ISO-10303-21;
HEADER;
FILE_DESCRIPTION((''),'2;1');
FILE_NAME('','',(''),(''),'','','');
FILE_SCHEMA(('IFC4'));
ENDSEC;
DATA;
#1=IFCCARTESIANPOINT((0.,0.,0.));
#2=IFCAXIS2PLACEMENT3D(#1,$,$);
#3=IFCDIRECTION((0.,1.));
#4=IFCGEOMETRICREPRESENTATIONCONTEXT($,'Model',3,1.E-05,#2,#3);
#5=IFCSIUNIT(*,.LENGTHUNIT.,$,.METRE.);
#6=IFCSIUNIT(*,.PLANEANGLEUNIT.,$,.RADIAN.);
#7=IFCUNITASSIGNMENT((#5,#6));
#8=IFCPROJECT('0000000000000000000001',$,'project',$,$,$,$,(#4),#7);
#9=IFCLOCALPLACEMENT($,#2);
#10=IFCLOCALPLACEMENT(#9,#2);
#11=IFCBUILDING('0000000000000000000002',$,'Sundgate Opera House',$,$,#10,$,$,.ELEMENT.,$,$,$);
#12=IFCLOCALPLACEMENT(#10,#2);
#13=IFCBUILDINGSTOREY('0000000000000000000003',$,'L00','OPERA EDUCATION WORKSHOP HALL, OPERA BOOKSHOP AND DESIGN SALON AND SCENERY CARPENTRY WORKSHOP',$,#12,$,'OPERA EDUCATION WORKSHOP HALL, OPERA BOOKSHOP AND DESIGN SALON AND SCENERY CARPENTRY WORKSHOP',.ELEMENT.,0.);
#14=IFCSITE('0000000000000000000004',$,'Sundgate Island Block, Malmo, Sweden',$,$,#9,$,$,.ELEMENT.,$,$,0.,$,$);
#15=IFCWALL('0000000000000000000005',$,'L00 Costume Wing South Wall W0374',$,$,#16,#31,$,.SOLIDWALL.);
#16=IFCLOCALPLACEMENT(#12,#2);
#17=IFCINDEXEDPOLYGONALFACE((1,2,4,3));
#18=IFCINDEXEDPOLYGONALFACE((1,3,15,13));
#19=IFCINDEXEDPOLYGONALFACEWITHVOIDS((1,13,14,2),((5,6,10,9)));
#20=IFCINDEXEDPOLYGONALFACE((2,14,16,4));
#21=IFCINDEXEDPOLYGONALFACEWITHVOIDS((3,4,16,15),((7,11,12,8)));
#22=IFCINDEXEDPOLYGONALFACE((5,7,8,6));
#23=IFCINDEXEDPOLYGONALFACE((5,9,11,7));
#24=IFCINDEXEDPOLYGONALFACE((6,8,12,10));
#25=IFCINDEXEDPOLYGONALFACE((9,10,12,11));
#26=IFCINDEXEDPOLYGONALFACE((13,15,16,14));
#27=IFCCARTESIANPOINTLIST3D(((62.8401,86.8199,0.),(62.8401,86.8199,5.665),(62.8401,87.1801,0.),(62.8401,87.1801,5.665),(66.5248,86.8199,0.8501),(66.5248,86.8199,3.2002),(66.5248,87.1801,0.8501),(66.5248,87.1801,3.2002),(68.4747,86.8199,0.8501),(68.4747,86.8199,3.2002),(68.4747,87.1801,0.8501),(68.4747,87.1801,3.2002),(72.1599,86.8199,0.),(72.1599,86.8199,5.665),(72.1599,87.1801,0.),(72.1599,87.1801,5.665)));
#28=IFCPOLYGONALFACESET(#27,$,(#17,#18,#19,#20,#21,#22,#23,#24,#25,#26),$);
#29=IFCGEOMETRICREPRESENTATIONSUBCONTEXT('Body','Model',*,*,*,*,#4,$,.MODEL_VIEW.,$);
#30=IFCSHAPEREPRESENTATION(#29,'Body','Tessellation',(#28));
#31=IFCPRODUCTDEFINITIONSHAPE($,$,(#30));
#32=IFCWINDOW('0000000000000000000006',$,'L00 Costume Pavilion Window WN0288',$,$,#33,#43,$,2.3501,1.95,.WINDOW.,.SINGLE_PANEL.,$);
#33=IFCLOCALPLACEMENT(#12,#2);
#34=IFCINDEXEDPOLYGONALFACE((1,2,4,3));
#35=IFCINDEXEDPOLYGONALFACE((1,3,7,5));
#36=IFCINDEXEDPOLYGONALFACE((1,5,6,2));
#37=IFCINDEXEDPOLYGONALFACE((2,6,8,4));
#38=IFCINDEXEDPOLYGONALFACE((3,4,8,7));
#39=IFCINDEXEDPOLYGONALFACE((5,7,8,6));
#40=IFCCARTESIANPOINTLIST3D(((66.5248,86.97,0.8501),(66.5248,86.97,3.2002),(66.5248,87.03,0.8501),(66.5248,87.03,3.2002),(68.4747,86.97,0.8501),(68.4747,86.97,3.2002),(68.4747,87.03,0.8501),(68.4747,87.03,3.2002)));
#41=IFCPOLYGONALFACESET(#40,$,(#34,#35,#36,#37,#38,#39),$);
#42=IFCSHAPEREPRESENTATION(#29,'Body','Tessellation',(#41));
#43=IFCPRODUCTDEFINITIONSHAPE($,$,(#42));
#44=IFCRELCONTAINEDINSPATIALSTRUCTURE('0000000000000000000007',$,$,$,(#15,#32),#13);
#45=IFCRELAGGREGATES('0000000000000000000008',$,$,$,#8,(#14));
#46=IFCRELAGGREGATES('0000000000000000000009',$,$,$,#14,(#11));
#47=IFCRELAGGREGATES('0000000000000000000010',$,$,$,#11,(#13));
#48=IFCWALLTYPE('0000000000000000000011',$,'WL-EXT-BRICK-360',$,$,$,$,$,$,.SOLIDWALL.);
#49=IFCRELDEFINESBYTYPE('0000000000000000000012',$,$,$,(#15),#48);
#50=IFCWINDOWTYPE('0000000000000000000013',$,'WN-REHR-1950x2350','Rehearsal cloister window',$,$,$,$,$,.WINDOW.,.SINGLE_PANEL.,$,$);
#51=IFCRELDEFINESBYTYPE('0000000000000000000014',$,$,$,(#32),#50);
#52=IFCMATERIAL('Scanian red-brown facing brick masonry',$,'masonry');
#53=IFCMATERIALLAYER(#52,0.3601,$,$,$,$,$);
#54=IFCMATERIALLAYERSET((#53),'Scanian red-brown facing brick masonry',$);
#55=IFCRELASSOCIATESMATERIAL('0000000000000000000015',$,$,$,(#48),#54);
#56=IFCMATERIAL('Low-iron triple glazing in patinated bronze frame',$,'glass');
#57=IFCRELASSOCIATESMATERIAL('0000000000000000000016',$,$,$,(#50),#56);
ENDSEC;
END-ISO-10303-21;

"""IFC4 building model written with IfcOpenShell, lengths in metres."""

from ifc_helpers import new_model, si_unit, direction, frame, frame_2d, origin, place, context, subcontext, project, spatial, rectangle, extrude, material, layer, layer_set, type_object, element, fill, save


model = new_model("IFC4")

# Units and contexts
model_context = context("Model", 3, precision=1e-05, world=origin(), true_north=direction((0.0, 1.0)))
body_context = subcontext(model_context, "Body", "Model", "MODEL_VIEW")
ifc_project = project(units=[si_unit("LENGTHUNIT", "METRE"), si_unit("PLANEANGLEUNIT", "RADIAN")], contexts=[model_context])

# Site, building, storey
site_placement = place(None, origin())
site = spatial("IfcSite", under=ifc_project, at=site_placement, Name="Sundgate Island Block, Malmo, Sweden", CompositionType="ELEMENT", RefElevation=0.0)
building_placement = place(site_placement, origin())
building = spatial("IfcBuilding", under=site, at=building_placement, Name="Sundgate Opera House", CompositionType="ELEMENT")
storey_placement = place(building_placement, origin())
storey = spatial("IfcBuildingStorey", under=building, at=storey_placement, Name="L00", Description="OPERA EDUCATION WORKSHOP HALL, OPERA BOOKSHOP AND DESIGN SALON AND SCENERY CARPENTRY WORKSHOP", LongName="OPERA EDUCATION WORKSHOP HALL, OPERA BOOKSHOP AND DESIGN SALON AND SCENERY CARPENTRY WORKSHOP", CompositionType="ELEMENT", Elevation=0.0)

# Wall, opening, window
ifc_material_1 = material(Name="Scanian red-brown facing brick masonry", Category="masonry")
ifc_layer_1 = layer(ifc_material_1, 0.3601)
ifc_layer_set_1 = layer_set([ifc_layer_1], Name="Scanian red-brown facing brick masonry")
wall_type = type_object("IfcWallType", Name="WL-EXT-BRICK-360", PredefinedType="SOLIDWALL", material=ifc_layer_set_1)
wall_1_placement = place(storey_placement, frame((72.1599, 87.0, 0.0), z_axis=(0.0, 0.0, 1.0), x_axis=(-1.0, 0.0, 0.0)))
wall_1 = element("IfcWall", 1, at=wall_1_placement, inside=storey, type_object=wall_type, Name="L00 Costume Wing South Wall W0374", PredefinedType="SOLIDWALL", context=body_context, shape_type="SweptSolid", body=[
    extrude(rectangle(XDim=9.3198, YDim=0.3601, at=frame_2d((4.6599, 0.0))), origin(), (0.0, 0.0, 1.0), 5.665),
])
opening_1_placement = place(wall_1_placement, frame((3.6851, 0.0, 0.8501)))
opening_1 = element("IfcOpeningElement", 2, at=opening_1_placement, cuts=wall_1, PredefinedType="OPENING", context=body_context, shape_type="SweptSolid", body=[
    extrude(rectangle(XDim=1.95, YDim=2.3501, at=frame_2d((0.9751, 1.175))), frame((0.0, 0.1899, 0.0), z_axis=(0.0, -1.0, 0.0), x_axis=(1.0, 0.0, 0.0)), (0.0, 0.0, 1.0), 0.3801),
])
ifc_material_2 = material(Name="Low-iron triple glazing in patinated bronze frame", Category="glass")
window_type_1 = type_object("IfcWindowType", Name="WN-REHR-1950x2350", Description="Rehearsal cloister window", PartitioningType="SINGLE_PANEL", PredefinedType="WINDOW", material=ifc_material_2)
window_1_placement = place(opening_1_placement, origin())
window_1 = element("IfcWindow", 3, at=window_1_placement, inside=storey, type_object=window_type_1, Name="L00 Costume Pavilion Window WN0288", OverallHeight=2.3501, OverallWidth=1.95, PartitioningType="SINGLE_PANEL", PredefinedType="WINDOW", context=body_context, shape_type="SweptSolid", body=[
    extrude(rectangle(XDim=1.95, YDim=2.3501, at=frame_2d((0.9751, 1.175))), frame((0.0, 0.03, 0.0), z_axis=(0.0, -1.0, 0.0), x_axis=(1.0, 0.0, 0.0)), (0.0, 0.0, 1.0), 0.0601),
])
fill(opening_1, window_1)

save(model, "model.ifc")
